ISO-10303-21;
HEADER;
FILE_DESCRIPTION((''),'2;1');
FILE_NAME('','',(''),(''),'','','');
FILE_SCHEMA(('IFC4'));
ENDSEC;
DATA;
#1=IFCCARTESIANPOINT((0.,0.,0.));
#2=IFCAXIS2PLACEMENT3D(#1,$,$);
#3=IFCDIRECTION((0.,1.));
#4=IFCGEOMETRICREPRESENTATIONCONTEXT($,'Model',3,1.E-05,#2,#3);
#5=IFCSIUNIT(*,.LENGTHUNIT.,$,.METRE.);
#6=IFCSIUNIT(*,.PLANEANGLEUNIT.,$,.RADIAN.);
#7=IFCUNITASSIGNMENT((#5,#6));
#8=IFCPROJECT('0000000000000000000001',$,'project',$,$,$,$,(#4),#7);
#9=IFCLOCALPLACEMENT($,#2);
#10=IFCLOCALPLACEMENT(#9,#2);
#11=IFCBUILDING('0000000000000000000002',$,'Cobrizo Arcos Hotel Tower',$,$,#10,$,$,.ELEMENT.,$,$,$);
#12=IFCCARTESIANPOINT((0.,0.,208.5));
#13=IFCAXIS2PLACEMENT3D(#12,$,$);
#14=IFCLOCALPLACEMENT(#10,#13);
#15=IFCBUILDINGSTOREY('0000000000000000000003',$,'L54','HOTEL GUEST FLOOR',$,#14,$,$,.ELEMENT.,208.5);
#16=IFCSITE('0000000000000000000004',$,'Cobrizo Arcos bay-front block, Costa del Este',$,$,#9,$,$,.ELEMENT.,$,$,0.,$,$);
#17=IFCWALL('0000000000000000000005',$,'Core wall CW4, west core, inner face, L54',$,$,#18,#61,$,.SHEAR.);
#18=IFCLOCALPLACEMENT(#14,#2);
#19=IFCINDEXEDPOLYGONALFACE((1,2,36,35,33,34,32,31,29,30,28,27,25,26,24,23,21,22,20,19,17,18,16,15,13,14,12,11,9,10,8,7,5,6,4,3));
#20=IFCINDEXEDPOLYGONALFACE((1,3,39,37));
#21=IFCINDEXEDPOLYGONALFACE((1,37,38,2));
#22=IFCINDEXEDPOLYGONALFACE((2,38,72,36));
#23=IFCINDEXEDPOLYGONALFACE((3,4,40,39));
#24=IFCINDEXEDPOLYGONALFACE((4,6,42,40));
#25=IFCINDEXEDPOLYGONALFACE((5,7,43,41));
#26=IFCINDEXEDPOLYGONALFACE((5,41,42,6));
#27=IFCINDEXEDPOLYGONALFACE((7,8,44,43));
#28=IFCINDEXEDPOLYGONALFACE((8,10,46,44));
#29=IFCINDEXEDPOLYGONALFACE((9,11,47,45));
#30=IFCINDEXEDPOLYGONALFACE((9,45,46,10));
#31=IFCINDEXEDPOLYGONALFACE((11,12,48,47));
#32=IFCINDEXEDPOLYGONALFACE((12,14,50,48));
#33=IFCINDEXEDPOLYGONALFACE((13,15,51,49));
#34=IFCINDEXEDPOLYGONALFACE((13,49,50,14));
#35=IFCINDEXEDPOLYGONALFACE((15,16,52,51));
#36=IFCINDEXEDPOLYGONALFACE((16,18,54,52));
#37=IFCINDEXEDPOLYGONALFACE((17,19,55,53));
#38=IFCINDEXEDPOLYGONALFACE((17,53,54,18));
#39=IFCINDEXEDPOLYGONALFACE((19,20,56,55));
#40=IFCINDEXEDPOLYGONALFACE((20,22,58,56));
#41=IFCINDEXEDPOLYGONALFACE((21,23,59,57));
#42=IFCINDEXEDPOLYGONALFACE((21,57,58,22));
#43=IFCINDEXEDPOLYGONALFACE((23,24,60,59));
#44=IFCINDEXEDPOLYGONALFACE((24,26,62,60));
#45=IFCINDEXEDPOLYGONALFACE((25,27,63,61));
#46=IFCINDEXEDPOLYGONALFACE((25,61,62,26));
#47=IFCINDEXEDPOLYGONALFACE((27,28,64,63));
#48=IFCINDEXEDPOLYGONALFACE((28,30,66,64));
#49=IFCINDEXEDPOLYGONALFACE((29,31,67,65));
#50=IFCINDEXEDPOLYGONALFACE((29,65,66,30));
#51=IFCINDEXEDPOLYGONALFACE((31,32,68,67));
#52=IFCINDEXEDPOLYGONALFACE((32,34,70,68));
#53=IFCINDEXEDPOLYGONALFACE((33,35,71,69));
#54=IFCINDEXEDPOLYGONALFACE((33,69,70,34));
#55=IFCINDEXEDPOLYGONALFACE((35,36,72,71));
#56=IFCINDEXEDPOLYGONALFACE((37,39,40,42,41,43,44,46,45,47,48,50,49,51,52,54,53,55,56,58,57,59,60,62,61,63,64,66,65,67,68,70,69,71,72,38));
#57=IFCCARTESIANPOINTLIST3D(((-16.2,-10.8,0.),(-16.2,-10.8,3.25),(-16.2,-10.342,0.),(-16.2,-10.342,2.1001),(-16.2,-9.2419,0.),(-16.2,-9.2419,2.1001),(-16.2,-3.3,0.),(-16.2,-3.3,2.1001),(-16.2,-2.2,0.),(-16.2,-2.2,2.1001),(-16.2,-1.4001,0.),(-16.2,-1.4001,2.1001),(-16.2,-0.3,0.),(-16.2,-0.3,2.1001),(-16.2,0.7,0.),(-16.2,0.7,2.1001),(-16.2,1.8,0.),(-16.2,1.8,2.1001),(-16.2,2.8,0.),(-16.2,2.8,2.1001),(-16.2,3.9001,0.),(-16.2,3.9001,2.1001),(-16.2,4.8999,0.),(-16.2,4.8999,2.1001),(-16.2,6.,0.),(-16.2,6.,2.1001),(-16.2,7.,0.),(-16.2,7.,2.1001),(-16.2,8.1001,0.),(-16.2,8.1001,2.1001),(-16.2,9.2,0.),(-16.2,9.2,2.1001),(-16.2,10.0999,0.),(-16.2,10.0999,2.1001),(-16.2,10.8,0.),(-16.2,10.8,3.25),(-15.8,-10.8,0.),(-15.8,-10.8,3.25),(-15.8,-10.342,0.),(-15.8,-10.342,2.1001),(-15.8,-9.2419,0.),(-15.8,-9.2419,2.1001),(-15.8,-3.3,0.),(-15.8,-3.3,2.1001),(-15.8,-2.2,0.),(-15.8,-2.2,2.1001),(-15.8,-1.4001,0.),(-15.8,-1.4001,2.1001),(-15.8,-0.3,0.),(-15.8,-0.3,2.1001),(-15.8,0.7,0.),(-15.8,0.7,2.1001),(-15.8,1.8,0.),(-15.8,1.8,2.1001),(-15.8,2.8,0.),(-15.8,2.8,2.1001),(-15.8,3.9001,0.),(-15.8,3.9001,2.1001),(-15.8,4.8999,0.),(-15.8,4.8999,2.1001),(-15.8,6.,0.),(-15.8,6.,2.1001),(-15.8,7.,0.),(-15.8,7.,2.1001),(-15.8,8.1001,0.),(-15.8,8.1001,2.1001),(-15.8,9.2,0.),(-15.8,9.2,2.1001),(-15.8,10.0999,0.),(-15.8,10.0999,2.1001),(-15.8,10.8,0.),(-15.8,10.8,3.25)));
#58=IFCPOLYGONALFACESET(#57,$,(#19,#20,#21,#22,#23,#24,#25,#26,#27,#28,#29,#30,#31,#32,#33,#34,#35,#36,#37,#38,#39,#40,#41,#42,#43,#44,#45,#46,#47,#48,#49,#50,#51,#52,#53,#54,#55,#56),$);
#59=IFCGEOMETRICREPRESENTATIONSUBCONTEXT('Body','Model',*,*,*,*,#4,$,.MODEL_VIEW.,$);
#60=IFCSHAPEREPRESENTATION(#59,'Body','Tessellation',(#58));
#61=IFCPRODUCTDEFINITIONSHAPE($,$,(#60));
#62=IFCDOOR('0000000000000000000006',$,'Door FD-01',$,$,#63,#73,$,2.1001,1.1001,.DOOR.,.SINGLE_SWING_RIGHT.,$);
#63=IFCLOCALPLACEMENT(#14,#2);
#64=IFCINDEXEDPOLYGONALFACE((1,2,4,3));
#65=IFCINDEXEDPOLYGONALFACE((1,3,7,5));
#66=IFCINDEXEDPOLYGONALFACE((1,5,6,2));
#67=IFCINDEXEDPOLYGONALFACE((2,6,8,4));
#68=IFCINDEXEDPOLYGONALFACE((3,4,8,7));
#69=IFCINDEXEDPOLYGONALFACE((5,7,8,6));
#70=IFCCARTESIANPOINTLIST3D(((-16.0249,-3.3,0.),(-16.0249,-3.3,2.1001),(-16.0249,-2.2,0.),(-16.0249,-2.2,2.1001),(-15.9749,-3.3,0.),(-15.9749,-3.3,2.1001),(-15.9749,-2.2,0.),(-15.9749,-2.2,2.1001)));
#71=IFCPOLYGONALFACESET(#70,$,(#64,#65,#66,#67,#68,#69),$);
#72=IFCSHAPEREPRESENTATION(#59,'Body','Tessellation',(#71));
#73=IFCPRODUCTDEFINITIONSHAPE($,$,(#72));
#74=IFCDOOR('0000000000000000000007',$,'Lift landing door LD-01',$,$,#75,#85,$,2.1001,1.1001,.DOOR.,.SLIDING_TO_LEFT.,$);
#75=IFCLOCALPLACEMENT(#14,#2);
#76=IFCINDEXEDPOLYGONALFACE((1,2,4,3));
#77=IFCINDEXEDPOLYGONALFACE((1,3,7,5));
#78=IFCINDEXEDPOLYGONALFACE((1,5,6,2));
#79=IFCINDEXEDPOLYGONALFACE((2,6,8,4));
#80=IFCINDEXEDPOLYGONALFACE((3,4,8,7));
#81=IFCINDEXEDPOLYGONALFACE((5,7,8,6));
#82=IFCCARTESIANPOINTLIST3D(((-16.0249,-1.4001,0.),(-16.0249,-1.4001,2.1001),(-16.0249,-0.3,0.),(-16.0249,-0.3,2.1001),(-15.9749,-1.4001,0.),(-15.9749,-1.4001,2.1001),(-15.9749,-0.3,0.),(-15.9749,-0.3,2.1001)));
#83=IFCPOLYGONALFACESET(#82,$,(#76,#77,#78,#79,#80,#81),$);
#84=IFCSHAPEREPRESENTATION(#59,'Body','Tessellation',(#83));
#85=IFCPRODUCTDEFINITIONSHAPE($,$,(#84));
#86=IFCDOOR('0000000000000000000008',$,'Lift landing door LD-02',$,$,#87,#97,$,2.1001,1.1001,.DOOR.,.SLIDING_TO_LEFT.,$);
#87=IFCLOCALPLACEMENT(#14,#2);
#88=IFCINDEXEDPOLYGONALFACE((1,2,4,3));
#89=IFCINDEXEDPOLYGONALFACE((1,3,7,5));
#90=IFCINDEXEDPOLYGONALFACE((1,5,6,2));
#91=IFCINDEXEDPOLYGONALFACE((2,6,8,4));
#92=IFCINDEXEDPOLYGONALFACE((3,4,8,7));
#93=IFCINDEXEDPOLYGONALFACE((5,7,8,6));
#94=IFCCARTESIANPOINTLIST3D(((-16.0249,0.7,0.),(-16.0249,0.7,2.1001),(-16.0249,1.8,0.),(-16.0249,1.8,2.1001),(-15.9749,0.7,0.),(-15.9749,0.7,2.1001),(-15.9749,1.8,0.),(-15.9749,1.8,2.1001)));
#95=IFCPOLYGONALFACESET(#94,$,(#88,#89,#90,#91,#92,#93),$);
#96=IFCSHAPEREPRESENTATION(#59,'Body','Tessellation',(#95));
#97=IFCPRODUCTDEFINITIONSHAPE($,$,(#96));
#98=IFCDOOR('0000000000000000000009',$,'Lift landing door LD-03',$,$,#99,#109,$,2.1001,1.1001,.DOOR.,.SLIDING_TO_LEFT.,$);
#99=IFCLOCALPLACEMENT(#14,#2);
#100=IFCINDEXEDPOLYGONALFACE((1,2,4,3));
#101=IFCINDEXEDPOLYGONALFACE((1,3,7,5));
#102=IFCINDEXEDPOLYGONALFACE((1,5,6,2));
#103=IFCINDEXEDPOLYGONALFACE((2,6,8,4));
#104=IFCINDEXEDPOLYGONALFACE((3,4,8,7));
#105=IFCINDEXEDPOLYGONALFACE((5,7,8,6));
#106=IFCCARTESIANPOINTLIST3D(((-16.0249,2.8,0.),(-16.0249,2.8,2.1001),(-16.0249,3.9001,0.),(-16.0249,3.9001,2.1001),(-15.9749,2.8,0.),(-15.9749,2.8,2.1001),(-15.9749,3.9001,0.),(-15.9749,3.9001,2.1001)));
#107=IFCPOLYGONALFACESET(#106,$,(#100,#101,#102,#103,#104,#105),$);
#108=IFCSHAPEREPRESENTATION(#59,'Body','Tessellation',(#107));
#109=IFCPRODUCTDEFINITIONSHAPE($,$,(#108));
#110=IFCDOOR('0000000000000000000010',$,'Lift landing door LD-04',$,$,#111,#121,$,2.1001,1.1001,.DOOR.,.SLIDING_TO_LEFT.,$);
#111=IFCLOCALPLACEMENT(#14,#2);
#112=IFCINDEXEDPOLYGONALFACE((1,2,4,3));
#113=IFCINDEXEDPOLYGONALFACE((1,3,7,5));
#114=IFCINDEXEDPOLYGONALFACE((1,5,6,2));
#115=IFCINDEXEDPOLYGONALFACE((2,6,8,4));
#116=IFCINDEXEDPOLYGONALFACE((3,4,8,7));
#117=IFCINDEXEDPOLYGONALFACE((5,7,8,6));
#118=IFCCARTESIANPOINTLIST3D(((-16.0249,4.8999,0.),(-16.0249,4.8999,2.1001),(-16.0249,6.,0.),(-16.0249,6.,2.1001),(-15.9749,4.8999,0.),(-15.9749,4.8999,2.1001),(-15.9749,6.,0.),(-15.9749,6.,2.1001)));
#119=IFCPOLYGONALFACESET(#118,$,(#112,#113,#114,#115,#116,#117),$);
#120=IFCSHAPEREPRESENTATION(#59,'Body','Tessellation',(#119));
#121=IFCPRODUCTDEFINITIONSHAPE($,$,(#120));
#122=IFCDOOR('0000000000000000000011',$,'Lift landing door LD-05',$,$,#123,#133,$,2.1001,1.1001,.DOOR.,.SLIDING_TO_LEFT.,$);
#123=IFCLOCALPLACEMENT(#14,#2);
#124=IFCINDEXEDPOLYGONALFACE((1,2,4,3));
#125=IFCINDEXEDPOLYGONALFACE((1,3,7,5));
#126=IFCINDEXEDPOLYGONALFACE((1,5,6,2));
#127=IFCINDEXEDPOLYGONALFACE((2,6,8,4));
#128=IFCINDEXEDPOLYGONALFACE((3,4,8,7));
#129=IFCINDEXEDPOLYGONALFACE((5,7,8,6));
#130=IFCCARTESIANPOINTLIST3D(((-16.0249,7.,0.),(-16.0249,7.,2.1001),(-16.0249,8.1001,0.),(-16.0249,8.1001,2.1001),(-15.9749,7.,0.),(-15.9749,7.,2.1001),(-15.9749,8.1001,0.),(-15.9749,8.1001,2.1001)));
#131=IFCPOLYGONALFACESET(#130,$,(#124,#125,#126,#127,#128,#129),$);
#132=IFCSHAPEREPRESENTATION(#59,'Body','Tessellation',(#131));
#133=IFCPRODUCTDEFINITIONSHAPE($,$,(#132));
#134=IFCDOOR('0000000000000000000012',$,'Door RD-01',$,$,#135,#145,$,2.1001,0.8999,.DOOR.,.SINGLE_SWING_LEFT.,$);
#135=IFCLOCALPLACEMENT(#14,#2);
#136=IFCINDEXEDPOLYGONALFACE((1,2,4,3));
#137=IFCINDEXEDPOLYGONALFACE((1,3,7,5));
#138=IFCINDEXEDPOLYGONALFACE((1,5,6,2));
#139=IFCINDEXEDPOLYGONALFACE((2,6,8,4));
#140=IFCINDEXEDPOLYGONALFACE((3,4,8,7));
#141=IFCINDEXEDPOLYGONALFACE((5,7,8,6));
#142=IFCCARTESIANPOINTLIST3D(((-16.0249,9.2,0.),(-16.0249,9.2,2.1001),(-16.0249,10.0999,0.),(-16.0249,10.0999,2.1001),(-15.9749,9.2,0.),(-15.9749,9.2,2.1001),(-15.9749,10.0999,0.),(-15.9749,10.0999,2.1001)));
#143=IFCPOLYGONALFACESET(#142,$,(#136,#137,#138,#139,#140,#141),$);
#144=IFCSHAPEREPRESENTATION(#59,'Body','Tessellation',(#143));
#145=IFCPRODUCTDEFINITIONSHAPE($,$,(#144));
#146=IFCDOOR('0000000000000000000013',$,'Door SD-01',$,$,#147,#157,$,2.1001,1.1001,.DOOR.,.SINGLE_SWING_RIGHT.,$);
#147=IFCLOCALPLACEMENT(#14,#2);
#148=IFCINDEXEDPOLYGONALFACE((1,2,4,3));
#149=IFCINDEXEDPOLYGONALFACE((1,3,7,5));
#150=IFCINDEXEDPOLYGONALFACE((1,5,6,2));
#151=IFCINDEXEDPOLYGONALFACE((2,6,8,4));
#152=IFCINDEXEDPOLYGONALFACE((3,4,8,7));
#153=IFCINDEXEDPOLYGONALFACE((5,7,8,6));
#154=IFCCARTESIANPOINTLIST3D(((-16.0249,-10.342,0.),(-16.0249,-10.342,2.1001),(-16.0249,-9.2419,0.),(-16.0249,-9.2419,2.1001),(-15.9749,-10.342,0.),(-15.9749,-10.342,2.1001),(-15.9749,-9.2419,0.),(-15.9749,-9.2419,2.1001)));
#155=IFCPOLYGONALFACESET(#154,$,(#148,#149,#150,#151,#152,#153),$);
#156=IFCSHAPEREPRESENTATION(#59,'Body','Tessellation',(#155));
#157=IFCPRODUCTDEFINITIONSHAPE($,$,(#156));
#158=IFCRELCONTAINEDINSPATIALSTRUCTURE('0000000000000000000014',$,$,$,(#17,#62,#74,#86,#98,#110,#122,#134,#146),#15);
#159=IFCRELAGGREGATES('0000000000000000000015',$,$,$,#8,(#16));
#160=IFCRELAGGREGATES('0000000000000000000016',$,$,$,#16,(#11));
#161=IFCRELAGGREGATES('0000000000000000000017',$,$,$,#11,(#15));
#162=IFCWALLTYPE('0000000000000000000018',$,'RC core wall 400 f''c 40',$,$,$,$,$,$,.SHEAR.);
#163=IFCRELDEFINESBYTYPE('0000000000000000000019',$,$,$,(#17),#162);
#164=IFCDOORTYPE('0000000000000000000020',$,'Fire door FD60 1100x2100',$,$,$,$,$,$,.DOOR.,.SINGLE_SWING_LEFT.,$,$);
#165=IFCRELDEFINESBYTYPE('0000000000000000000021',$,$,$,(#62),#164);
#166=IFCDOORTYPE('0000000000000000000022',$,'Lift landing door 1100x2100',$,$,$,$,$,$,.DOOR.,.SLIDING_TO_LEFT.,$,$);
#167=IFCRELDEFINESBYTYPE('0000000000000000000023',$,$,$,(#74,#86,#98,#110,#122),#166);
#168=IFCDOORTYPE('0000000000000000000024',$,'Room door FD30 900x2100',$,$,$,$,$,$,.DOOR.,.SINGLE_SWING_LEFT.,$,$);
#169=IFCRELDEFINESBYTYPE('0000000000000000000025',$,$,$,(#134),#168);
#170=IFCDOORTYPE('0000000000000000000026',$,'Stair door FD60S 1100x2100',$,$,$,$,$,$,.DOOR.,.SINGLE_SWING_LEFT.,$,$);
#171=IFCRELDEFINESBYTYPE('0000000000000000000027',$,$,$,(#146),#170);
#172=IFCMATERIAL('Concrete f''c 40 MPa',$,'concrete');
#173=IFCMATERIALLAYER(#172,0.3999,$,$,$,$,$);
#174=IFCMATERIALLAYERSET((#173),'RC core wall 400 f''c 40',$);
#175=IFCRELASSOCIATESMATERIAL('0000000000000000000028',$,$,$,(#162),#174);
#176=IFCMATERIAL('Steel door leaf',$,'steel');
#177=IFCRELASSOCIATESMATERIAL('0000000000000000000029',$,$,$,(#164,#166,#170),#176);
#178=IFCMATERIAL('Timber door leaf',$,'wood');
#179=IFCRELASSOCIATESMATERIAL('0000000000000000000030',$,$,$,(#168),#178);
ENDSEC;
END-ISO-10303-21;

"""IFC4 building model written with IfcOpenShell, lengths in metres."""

from ifc_helpers import new_model, si_unit, direction, frame, frame_2d, origin, place, context, subcontext, project, spatial, rectangle, extrude, material, layer, layer_set, type_object, element, fill, save


model = new_model("IFC4")

# Units and contexts
model_context = context("Model", 3, precision=1e-05, world=origin(), true_north=direction((0.0, 1.0)))
body_context = subcontext(model_context, "Body", "Model", "MODEL_VIEW")
ifc_project = project(units=[si_unit("LENGTHUNIT", "METRE"), si_unit("PLANEANGLEUNIT", "RADIAN")], contexts=[model_context])

# Site, building, storey
site_placement = place(None, origin())
site = spatial("IfcSite", under=ifc_project, at=site_placement, Name="Cobrizo Arcos bay-front block, Costa del Este", CompositionType="ELEMENT", RefElevation=0.0)
building_placement = place(site_placement, origin())
building = spatial("IfcBuilding", under=site, at=building_placement, Name="Cobrizo Arcos Hotel Tower", CompositionType="ELEMENT")
storey_placement = place(building_placement, frame((0.0, 0.0, 208.5)))
storey = spatial("IfcBuildingStorey", under=building, at=storey_placement, Name="L54", Description="HOTEL GUEST FLOOR", CompositionType="ELEMENT", Elevation=208.5)

# Wall, openings, doors
ifc_material_1 = material(Name="Concrete f'c 40 MPa", Category="concrete")
ifc_layer_1 = layer(ifc_material_1, 0.3999)
ifc_layer_set_1 = layer_set([ifc_layer_1], Name="RC core wall 400 f'c 40")
wall_type_1 = type_object("IfcWallType", Name="RC core wall 400 f'c 40", PredefinedType="SHEAR", material=ifc_layer_set_1)
wall_1_placement = place(storey_placement, frame((-16.0, -10.8, 0.0), z_axis=(0.0, 0.0, 1.0), x_axis=(0.0, 1.0, 0.0)))
wall_1 = element("IfcWall", 1, at=wall_1_placement, inside=storey, type_object=wall_type_1, Name="Core wall CW4, west core, inner face, L54", PredefinedType="SHEAR", context=body_context, shape_type="SweptSolid", body=[
    extrude(rectangle(XDim=21.6001, YDim=0.3999, at=frame_2d((10.8, 0.0))), origin(), (0.0, 0.0, 1.0), 3.25),
])
opening_1_placement = place(wall_1_placement, frame((9.3999, 0.0, 0.0)))
opening_1 = element("IfcOpeningElement", 2, at=opening_1_placement, cuts=wall_1, PredefinedType="OPENING", context=body_context, shape_type="SweptSolid", body=[
    extrude(rectangle(XDim=1.1001, YDim=2.1001, at=frame_2d((0.55, 1.05))), frame((0.0, 0.2119, 0.0), z_axis=(0.0, -1.0, 0.0), x_axis=(1.0, 0.0, 0.0)), (0.0, 0.0, 1.0), 0.4238),
])
opening_2_placement = place(wall_1_placement, frame((11.5, 0.0, 0.0)))
opening_2 = element("IfcOpeningElement", 3, at=opening_2_placement, cuts=wall_1, PredefinedType="OPENING", context=body_context, shape_type="SweptSolid", body=[
    extrude(rectangle(XDim=1.1001, YDim=2.1001, at=frame_2d((0.55, 1.05))), frame((0.0, 0.2119, 0.0), z_axis=(0.0, -1.0, 0.0), x_axis=(1.0, 0.0, 0.0)), (0.0, 0.0, 1.0), 0.4238),
])
opening_3_placement = place(wall_1_placement, frame((13.6001, 0.0, 0.0)))
opening_3 = element("IfcOpeningElement", 4, at=opening_3_placement, cuts=wall_1, PredefinedType="OPENING", context=body_context, shape_type="SweptSolid", body=[
    extrude(rectangle(XDim=1.1001, YDim=2.1001, at=frame_2d((0.55, 1.05))), frame((0.0, 0.2119, 0.0), z_axis=(0.0, -1.0, 0.0), x_axis=(1.0, 0.0, 0.0)), (0.0, 0.0, 1.0), 0.4238),
])
opening_4_placement = place(wall_1_placement, frame((15.7, 0.0, 0.0)))
opening_4 = element("IfcOpeningElement", 5, at=opening_4_placement, cuts=wall_1, PredefinedType="OPENING", context=body_context, shape_type="SweptSolid", body=[
    extrude(rectangle(XDim=1.1001, YDim=2.1001, at=frame_2d((0.55, 1.05))), frame((0.0, 0.2119, 0.0), z_axis=(0.0, -1.0, 0.0), x_axis=(1.0, 0.0, 0.0)), (0.0, 0.0, 1.0), 0.4238),
])
opening_5_placement = place(wall_1_placement, frame((17.8, 0.0, 0.0)))
opening_5 = element("IfcOpeningElement", 6, at=opening_5_placement, cuts=wall_1, PredefinedType="OPENING", context=body_context, shape_type="SweptSolid", body=[
    extrude(rectangle(XDim=1.1001, YDim=2.1001, at=frame_2d((0.55, 1.05))), frame((0.0, 0.2119, 0.0), z_axis=(0.0, -1.0, 0.0), x_axis=(1.0, 0.0, 0.0)), (0.0, 0.0, 1.0), 0.4238),
])
opening_6_placement = place(wall_1_placement, frame((0.458, 0.0, 0.0)))
opening_6 = element("IfcOpeningElement", 7, at=opening_6_placement, cuts=wall_1, PredefinedType="OPENING", context=body_context, shape_type="SweptSolid", body=[
    extrude(rectangle(XDim=1.1001, YDim=2.1001, at=frame_2d((0.55, 1.05))), frame((0.0, 0.2119, 0.0), z_axis=(0.0, -1.0, 0.0), x_axis=(1.0, 0.0, 0.0)), (0.0, 0.0, 1.0), 0.4238),
])
opening_7_placement = place(wall_1_placement, frame((7.5, 0.0, 0.0)))
opening_7 = element("IfcOpeningElement", 8, at=opening_7_placement, cuts=wall_1, PredefinedType="OPENING", context=body_context, shape_type="SweptSolid", body=[
    extrude(rectangle(XDim=1.1001, YDim=2.1001, at=frame_2d((0.55, 1.05))), frame((0.0, 0.2119, 0.0), z_axis=(0.0, -1.0, 0.0), x_axis=(1.0, 0.0, 0.0)), (0.0, 0.0, 1.0), 0.4238),
])
opening_8_placement = place(wall_1_placement, frame((20.0, 0.0, 0.0)))
opening_8 = element("IfcOpeningElement", 9, at=opening_8_placement, cuts=wall_1, PredefinedType="OPENING", context=body_context, shape_type="SweptSolid", body=[
    extrude(rectangle(XDim=0.8999, YDim=2.1001, at=frame_2d((0.45, 1.05))), frame((0.0, 0.2119, 0.0), z_axis=(0.0, -1.0, 0.0), x_axis=(1.0, 0.0, 0.0)), (0.0, 0.0, 1.0), 0.4238),
])
ifc_material_2 = material(Name="Steel door leaf", Category="steel")
door_type_1 = type_object("IfcDoorType", Name="Fire door FD60 1100x2100", OperationType="SINGLE_SWING_LEFT", PredefinedType="DOOR", material=ifc_material_2)
door_1_placement = place(opening_7_placement, origin())
door_1 = element("IfcDoor", 10, at=door_1_placement, inside=storey, type_object=door_type_1, Name="Door FD-01", OperationType="SINGLE_SWING_RIGHT", OverallHeight=2.1001, OverallWidth=1.1001, PredefinedType="DOOR", context=body_context, shape_type="SweptSolid", body=[
    extrude(rectangle(XDim=1.1001, YDim=2.1001, at=frame_2d((0.55, 1.05))), frame((0.0, 0.0249, 0.0), z_axis=(0.0, -1.0, 0.0), x_axis=(1.0, 0.0, 0.0)), (0.0, 0.0, 1.0), 0.05),
])
fill(opening_7, door_1)
door_type_2 = type_object("IfcDoorType", Name="Lift landing door 1100x2100", OperationType="SLIDING_TO_LEFT", PredefinedType="DOOR", material=ifc_material_2)
door_2_placement = place(opening_1_placement, origin())
door_2 = element("IfcDoor", 11, at=door_2_placement, inside=storey, type_object=door_type_2, Name="Lift landing door LD-01", OperationType="SLIDING_TO_LEFT", OverallHeight=2.1001, OverallWidth=1.1001, PredefinedType="DOOR", context=body_context, shape_type="SweptSolid", body=[
    extrude(rectangle(XDim=1.1001, YDim=2.1001, at=frame_2d((0.55, 1.05))), frame((0.0, 0.0249, 0.0), z_axis=(0.0, -1.0, 0.0), x_axis=(1.0, 0.0, 0.0)), (0.0, 0.0, 1.0), 0.05),
])
fill(opening_1, door_2)
door_3_placement = place(opening_2_placement, origin())
door_3 = element("IfcDoor", 12, at=door_3_placement, inside=storey, type_object=door_type_2, Name="Lift landing door LD-02", OperationType="SLIDING_TO_LEFT", OverallHeight=2.1001, OverallWidth=1.1001, PredefinedType="DOOR", context=body_context, shape_type="SweptSolid", body=[
    extrude(rectangle(XDim=1.1001, YDim=2.1001, at=frame_2d((0.55, 1.05))), frame((0.0, 0.0249, 0.0), z_axis=(0.0, -1.0, 0.0), x_axis=(1.0, 0.0, 0.0)), (0.0, 0.0, 1.0), 0.05),
])
fill(opening_2, door_3)
door_4_placement = place(opening_3_placement, origin())
door_4 = element("IfcDoor", 13, at=door_4_placement, inside=storey, type_object=door_type_2, Name="Lift landing door LD-03", OperationType="SLIDING_TO_LEFT", OverallHeight=2.1001, OverallWidth=1.1001, PredefinedType="DOOR", context=body_context, shape_type="SweptSolid", body=[
    extrude(rectangle(XDim=1.1001, YDim=2.1001, at=frame_2d((0.55, 1.05))), frame((0.0, 0.0249, 0.0), z_axis=(0.0, -1.0, 0.0), x_axis=(1.0, 0.0, 0.0)), (0.0, 0.0, 1.0), 0.05),
])
fill(opening_3, door_4)
door_5_placement = place(opening_4_placement, origin())
door_5 = element("IfcDoor", 14, at=door_5_placement, inside=storey, type_object=door_type_2, Name="Lift landing door LD-04", OperationType="SLIDING_TO_LEFT", OverallHeight=2.1001, OverallWidth=1.1001, PredefinedType="DOOR", context=body_context, shape_type="SweptSolid", body=[
    extrude(rectangle(XDim=1.1001, YDim=2.1001, at=frame_2d((0.55, 1.05))), frame((0.0, 0.0249, 0.0), z_axis=(0.0, -1.0, 0.0), x_axis=(1.0, 0.0, 0.0)), (0.0, 0.0, 1.0), 0.05),
])
fill(opening_4, door_5)
door_6_placement = place(opening_5_placement, origin())
door_6 = element("IfcDoor", 15, at=door_6_placement, inside=storey, type_object=door_type_2, Name="Lift landing door LD-05", OperationType="SLIDING_TO_LEFT", OverallHeight=2.1001, OverallWidth=1.1001, PredefinedType="DOOR", context=body_context, shape_type="SweptSolid", body=[
    extrude(rectangle(XDim=1.1001, YDim=2.1001, at=frame_2d((0.55, 1.05))), frame((0.0, 0.0249, 0.0), z_axis=(0.0, -1.0, 0.0), x_axis=(1.0, 0.0, 0.0)), (0.0, 0.0, 1.0), 0.05),
])
fill(opening_5, door_6)
ifc_material_3 = material(Name="Timber door leaf", Category="wood")
door_type_3 = type_object("IfcDoorType", Name="Room door FD30 900x2100", OperationType="SINGLE_SWING_LEFT", PredefinedType="DOOR", material=ifc_material_3)
door_7_placement = place(opening_8_placement, origin())
door_7 = element("IfcDoor", 16, at=door_7_placement, inside=storey, type_object=door_type_3, Name="Door RD-01", OperationType="SINGLE_SWING_LEFT", OverallHeight=2.1001, OverallWidth=0.8999, PredefinedType="DOOR", context=body_context, shape_type="SweptSolid", body=[
    extrude(rectangle(XDim=0.8999, YDim=2.1001, at=frame_2d((0.45, 1.05))), frame((0.0, 0.0249, 0.0), z_axis=(0.0, -1.0, 0.0), x_axis=(1.0, 0.0, 0.0)), (0.0, 0.0, 1.0), 0.05),
])
fill(opening_8, door_7)
door_type_4 = type_object("IfcDoorType", Name="Stair door FD60S 1100x2100", OperationType="SINGLE_SWING_LEFT", PredefinedType="DOOR", material=ifc_material_2)
door_8_placement = place(opening_6_placement, origin())
door_8 = element("IfcDoor", 17, at=door_8_placement, inside=storey, type_object=door_type_4, Name="Door SD-01", OperationType="SINGLE_SWING_RIGHT", OverallHeight=2.1001, OverallWidth=1.1001, PredefinedType="DOOR", context=body_context, shape_type="SweptSolid", body=[
    extrude(rectangle(XDim=1.1001, YDim=2.1001, at=frame_2d((0.55, 1.05))), frame((0.0, 0.0249, 0.0), z_axis=(0.0, -1.0, 0.0), x_axis=(1.0, 0.0, 0.0)), (0.0, 0.0, 1.0), 0.05),
])
fill(opening_6, door_8)

save(model, "model.ifc")
